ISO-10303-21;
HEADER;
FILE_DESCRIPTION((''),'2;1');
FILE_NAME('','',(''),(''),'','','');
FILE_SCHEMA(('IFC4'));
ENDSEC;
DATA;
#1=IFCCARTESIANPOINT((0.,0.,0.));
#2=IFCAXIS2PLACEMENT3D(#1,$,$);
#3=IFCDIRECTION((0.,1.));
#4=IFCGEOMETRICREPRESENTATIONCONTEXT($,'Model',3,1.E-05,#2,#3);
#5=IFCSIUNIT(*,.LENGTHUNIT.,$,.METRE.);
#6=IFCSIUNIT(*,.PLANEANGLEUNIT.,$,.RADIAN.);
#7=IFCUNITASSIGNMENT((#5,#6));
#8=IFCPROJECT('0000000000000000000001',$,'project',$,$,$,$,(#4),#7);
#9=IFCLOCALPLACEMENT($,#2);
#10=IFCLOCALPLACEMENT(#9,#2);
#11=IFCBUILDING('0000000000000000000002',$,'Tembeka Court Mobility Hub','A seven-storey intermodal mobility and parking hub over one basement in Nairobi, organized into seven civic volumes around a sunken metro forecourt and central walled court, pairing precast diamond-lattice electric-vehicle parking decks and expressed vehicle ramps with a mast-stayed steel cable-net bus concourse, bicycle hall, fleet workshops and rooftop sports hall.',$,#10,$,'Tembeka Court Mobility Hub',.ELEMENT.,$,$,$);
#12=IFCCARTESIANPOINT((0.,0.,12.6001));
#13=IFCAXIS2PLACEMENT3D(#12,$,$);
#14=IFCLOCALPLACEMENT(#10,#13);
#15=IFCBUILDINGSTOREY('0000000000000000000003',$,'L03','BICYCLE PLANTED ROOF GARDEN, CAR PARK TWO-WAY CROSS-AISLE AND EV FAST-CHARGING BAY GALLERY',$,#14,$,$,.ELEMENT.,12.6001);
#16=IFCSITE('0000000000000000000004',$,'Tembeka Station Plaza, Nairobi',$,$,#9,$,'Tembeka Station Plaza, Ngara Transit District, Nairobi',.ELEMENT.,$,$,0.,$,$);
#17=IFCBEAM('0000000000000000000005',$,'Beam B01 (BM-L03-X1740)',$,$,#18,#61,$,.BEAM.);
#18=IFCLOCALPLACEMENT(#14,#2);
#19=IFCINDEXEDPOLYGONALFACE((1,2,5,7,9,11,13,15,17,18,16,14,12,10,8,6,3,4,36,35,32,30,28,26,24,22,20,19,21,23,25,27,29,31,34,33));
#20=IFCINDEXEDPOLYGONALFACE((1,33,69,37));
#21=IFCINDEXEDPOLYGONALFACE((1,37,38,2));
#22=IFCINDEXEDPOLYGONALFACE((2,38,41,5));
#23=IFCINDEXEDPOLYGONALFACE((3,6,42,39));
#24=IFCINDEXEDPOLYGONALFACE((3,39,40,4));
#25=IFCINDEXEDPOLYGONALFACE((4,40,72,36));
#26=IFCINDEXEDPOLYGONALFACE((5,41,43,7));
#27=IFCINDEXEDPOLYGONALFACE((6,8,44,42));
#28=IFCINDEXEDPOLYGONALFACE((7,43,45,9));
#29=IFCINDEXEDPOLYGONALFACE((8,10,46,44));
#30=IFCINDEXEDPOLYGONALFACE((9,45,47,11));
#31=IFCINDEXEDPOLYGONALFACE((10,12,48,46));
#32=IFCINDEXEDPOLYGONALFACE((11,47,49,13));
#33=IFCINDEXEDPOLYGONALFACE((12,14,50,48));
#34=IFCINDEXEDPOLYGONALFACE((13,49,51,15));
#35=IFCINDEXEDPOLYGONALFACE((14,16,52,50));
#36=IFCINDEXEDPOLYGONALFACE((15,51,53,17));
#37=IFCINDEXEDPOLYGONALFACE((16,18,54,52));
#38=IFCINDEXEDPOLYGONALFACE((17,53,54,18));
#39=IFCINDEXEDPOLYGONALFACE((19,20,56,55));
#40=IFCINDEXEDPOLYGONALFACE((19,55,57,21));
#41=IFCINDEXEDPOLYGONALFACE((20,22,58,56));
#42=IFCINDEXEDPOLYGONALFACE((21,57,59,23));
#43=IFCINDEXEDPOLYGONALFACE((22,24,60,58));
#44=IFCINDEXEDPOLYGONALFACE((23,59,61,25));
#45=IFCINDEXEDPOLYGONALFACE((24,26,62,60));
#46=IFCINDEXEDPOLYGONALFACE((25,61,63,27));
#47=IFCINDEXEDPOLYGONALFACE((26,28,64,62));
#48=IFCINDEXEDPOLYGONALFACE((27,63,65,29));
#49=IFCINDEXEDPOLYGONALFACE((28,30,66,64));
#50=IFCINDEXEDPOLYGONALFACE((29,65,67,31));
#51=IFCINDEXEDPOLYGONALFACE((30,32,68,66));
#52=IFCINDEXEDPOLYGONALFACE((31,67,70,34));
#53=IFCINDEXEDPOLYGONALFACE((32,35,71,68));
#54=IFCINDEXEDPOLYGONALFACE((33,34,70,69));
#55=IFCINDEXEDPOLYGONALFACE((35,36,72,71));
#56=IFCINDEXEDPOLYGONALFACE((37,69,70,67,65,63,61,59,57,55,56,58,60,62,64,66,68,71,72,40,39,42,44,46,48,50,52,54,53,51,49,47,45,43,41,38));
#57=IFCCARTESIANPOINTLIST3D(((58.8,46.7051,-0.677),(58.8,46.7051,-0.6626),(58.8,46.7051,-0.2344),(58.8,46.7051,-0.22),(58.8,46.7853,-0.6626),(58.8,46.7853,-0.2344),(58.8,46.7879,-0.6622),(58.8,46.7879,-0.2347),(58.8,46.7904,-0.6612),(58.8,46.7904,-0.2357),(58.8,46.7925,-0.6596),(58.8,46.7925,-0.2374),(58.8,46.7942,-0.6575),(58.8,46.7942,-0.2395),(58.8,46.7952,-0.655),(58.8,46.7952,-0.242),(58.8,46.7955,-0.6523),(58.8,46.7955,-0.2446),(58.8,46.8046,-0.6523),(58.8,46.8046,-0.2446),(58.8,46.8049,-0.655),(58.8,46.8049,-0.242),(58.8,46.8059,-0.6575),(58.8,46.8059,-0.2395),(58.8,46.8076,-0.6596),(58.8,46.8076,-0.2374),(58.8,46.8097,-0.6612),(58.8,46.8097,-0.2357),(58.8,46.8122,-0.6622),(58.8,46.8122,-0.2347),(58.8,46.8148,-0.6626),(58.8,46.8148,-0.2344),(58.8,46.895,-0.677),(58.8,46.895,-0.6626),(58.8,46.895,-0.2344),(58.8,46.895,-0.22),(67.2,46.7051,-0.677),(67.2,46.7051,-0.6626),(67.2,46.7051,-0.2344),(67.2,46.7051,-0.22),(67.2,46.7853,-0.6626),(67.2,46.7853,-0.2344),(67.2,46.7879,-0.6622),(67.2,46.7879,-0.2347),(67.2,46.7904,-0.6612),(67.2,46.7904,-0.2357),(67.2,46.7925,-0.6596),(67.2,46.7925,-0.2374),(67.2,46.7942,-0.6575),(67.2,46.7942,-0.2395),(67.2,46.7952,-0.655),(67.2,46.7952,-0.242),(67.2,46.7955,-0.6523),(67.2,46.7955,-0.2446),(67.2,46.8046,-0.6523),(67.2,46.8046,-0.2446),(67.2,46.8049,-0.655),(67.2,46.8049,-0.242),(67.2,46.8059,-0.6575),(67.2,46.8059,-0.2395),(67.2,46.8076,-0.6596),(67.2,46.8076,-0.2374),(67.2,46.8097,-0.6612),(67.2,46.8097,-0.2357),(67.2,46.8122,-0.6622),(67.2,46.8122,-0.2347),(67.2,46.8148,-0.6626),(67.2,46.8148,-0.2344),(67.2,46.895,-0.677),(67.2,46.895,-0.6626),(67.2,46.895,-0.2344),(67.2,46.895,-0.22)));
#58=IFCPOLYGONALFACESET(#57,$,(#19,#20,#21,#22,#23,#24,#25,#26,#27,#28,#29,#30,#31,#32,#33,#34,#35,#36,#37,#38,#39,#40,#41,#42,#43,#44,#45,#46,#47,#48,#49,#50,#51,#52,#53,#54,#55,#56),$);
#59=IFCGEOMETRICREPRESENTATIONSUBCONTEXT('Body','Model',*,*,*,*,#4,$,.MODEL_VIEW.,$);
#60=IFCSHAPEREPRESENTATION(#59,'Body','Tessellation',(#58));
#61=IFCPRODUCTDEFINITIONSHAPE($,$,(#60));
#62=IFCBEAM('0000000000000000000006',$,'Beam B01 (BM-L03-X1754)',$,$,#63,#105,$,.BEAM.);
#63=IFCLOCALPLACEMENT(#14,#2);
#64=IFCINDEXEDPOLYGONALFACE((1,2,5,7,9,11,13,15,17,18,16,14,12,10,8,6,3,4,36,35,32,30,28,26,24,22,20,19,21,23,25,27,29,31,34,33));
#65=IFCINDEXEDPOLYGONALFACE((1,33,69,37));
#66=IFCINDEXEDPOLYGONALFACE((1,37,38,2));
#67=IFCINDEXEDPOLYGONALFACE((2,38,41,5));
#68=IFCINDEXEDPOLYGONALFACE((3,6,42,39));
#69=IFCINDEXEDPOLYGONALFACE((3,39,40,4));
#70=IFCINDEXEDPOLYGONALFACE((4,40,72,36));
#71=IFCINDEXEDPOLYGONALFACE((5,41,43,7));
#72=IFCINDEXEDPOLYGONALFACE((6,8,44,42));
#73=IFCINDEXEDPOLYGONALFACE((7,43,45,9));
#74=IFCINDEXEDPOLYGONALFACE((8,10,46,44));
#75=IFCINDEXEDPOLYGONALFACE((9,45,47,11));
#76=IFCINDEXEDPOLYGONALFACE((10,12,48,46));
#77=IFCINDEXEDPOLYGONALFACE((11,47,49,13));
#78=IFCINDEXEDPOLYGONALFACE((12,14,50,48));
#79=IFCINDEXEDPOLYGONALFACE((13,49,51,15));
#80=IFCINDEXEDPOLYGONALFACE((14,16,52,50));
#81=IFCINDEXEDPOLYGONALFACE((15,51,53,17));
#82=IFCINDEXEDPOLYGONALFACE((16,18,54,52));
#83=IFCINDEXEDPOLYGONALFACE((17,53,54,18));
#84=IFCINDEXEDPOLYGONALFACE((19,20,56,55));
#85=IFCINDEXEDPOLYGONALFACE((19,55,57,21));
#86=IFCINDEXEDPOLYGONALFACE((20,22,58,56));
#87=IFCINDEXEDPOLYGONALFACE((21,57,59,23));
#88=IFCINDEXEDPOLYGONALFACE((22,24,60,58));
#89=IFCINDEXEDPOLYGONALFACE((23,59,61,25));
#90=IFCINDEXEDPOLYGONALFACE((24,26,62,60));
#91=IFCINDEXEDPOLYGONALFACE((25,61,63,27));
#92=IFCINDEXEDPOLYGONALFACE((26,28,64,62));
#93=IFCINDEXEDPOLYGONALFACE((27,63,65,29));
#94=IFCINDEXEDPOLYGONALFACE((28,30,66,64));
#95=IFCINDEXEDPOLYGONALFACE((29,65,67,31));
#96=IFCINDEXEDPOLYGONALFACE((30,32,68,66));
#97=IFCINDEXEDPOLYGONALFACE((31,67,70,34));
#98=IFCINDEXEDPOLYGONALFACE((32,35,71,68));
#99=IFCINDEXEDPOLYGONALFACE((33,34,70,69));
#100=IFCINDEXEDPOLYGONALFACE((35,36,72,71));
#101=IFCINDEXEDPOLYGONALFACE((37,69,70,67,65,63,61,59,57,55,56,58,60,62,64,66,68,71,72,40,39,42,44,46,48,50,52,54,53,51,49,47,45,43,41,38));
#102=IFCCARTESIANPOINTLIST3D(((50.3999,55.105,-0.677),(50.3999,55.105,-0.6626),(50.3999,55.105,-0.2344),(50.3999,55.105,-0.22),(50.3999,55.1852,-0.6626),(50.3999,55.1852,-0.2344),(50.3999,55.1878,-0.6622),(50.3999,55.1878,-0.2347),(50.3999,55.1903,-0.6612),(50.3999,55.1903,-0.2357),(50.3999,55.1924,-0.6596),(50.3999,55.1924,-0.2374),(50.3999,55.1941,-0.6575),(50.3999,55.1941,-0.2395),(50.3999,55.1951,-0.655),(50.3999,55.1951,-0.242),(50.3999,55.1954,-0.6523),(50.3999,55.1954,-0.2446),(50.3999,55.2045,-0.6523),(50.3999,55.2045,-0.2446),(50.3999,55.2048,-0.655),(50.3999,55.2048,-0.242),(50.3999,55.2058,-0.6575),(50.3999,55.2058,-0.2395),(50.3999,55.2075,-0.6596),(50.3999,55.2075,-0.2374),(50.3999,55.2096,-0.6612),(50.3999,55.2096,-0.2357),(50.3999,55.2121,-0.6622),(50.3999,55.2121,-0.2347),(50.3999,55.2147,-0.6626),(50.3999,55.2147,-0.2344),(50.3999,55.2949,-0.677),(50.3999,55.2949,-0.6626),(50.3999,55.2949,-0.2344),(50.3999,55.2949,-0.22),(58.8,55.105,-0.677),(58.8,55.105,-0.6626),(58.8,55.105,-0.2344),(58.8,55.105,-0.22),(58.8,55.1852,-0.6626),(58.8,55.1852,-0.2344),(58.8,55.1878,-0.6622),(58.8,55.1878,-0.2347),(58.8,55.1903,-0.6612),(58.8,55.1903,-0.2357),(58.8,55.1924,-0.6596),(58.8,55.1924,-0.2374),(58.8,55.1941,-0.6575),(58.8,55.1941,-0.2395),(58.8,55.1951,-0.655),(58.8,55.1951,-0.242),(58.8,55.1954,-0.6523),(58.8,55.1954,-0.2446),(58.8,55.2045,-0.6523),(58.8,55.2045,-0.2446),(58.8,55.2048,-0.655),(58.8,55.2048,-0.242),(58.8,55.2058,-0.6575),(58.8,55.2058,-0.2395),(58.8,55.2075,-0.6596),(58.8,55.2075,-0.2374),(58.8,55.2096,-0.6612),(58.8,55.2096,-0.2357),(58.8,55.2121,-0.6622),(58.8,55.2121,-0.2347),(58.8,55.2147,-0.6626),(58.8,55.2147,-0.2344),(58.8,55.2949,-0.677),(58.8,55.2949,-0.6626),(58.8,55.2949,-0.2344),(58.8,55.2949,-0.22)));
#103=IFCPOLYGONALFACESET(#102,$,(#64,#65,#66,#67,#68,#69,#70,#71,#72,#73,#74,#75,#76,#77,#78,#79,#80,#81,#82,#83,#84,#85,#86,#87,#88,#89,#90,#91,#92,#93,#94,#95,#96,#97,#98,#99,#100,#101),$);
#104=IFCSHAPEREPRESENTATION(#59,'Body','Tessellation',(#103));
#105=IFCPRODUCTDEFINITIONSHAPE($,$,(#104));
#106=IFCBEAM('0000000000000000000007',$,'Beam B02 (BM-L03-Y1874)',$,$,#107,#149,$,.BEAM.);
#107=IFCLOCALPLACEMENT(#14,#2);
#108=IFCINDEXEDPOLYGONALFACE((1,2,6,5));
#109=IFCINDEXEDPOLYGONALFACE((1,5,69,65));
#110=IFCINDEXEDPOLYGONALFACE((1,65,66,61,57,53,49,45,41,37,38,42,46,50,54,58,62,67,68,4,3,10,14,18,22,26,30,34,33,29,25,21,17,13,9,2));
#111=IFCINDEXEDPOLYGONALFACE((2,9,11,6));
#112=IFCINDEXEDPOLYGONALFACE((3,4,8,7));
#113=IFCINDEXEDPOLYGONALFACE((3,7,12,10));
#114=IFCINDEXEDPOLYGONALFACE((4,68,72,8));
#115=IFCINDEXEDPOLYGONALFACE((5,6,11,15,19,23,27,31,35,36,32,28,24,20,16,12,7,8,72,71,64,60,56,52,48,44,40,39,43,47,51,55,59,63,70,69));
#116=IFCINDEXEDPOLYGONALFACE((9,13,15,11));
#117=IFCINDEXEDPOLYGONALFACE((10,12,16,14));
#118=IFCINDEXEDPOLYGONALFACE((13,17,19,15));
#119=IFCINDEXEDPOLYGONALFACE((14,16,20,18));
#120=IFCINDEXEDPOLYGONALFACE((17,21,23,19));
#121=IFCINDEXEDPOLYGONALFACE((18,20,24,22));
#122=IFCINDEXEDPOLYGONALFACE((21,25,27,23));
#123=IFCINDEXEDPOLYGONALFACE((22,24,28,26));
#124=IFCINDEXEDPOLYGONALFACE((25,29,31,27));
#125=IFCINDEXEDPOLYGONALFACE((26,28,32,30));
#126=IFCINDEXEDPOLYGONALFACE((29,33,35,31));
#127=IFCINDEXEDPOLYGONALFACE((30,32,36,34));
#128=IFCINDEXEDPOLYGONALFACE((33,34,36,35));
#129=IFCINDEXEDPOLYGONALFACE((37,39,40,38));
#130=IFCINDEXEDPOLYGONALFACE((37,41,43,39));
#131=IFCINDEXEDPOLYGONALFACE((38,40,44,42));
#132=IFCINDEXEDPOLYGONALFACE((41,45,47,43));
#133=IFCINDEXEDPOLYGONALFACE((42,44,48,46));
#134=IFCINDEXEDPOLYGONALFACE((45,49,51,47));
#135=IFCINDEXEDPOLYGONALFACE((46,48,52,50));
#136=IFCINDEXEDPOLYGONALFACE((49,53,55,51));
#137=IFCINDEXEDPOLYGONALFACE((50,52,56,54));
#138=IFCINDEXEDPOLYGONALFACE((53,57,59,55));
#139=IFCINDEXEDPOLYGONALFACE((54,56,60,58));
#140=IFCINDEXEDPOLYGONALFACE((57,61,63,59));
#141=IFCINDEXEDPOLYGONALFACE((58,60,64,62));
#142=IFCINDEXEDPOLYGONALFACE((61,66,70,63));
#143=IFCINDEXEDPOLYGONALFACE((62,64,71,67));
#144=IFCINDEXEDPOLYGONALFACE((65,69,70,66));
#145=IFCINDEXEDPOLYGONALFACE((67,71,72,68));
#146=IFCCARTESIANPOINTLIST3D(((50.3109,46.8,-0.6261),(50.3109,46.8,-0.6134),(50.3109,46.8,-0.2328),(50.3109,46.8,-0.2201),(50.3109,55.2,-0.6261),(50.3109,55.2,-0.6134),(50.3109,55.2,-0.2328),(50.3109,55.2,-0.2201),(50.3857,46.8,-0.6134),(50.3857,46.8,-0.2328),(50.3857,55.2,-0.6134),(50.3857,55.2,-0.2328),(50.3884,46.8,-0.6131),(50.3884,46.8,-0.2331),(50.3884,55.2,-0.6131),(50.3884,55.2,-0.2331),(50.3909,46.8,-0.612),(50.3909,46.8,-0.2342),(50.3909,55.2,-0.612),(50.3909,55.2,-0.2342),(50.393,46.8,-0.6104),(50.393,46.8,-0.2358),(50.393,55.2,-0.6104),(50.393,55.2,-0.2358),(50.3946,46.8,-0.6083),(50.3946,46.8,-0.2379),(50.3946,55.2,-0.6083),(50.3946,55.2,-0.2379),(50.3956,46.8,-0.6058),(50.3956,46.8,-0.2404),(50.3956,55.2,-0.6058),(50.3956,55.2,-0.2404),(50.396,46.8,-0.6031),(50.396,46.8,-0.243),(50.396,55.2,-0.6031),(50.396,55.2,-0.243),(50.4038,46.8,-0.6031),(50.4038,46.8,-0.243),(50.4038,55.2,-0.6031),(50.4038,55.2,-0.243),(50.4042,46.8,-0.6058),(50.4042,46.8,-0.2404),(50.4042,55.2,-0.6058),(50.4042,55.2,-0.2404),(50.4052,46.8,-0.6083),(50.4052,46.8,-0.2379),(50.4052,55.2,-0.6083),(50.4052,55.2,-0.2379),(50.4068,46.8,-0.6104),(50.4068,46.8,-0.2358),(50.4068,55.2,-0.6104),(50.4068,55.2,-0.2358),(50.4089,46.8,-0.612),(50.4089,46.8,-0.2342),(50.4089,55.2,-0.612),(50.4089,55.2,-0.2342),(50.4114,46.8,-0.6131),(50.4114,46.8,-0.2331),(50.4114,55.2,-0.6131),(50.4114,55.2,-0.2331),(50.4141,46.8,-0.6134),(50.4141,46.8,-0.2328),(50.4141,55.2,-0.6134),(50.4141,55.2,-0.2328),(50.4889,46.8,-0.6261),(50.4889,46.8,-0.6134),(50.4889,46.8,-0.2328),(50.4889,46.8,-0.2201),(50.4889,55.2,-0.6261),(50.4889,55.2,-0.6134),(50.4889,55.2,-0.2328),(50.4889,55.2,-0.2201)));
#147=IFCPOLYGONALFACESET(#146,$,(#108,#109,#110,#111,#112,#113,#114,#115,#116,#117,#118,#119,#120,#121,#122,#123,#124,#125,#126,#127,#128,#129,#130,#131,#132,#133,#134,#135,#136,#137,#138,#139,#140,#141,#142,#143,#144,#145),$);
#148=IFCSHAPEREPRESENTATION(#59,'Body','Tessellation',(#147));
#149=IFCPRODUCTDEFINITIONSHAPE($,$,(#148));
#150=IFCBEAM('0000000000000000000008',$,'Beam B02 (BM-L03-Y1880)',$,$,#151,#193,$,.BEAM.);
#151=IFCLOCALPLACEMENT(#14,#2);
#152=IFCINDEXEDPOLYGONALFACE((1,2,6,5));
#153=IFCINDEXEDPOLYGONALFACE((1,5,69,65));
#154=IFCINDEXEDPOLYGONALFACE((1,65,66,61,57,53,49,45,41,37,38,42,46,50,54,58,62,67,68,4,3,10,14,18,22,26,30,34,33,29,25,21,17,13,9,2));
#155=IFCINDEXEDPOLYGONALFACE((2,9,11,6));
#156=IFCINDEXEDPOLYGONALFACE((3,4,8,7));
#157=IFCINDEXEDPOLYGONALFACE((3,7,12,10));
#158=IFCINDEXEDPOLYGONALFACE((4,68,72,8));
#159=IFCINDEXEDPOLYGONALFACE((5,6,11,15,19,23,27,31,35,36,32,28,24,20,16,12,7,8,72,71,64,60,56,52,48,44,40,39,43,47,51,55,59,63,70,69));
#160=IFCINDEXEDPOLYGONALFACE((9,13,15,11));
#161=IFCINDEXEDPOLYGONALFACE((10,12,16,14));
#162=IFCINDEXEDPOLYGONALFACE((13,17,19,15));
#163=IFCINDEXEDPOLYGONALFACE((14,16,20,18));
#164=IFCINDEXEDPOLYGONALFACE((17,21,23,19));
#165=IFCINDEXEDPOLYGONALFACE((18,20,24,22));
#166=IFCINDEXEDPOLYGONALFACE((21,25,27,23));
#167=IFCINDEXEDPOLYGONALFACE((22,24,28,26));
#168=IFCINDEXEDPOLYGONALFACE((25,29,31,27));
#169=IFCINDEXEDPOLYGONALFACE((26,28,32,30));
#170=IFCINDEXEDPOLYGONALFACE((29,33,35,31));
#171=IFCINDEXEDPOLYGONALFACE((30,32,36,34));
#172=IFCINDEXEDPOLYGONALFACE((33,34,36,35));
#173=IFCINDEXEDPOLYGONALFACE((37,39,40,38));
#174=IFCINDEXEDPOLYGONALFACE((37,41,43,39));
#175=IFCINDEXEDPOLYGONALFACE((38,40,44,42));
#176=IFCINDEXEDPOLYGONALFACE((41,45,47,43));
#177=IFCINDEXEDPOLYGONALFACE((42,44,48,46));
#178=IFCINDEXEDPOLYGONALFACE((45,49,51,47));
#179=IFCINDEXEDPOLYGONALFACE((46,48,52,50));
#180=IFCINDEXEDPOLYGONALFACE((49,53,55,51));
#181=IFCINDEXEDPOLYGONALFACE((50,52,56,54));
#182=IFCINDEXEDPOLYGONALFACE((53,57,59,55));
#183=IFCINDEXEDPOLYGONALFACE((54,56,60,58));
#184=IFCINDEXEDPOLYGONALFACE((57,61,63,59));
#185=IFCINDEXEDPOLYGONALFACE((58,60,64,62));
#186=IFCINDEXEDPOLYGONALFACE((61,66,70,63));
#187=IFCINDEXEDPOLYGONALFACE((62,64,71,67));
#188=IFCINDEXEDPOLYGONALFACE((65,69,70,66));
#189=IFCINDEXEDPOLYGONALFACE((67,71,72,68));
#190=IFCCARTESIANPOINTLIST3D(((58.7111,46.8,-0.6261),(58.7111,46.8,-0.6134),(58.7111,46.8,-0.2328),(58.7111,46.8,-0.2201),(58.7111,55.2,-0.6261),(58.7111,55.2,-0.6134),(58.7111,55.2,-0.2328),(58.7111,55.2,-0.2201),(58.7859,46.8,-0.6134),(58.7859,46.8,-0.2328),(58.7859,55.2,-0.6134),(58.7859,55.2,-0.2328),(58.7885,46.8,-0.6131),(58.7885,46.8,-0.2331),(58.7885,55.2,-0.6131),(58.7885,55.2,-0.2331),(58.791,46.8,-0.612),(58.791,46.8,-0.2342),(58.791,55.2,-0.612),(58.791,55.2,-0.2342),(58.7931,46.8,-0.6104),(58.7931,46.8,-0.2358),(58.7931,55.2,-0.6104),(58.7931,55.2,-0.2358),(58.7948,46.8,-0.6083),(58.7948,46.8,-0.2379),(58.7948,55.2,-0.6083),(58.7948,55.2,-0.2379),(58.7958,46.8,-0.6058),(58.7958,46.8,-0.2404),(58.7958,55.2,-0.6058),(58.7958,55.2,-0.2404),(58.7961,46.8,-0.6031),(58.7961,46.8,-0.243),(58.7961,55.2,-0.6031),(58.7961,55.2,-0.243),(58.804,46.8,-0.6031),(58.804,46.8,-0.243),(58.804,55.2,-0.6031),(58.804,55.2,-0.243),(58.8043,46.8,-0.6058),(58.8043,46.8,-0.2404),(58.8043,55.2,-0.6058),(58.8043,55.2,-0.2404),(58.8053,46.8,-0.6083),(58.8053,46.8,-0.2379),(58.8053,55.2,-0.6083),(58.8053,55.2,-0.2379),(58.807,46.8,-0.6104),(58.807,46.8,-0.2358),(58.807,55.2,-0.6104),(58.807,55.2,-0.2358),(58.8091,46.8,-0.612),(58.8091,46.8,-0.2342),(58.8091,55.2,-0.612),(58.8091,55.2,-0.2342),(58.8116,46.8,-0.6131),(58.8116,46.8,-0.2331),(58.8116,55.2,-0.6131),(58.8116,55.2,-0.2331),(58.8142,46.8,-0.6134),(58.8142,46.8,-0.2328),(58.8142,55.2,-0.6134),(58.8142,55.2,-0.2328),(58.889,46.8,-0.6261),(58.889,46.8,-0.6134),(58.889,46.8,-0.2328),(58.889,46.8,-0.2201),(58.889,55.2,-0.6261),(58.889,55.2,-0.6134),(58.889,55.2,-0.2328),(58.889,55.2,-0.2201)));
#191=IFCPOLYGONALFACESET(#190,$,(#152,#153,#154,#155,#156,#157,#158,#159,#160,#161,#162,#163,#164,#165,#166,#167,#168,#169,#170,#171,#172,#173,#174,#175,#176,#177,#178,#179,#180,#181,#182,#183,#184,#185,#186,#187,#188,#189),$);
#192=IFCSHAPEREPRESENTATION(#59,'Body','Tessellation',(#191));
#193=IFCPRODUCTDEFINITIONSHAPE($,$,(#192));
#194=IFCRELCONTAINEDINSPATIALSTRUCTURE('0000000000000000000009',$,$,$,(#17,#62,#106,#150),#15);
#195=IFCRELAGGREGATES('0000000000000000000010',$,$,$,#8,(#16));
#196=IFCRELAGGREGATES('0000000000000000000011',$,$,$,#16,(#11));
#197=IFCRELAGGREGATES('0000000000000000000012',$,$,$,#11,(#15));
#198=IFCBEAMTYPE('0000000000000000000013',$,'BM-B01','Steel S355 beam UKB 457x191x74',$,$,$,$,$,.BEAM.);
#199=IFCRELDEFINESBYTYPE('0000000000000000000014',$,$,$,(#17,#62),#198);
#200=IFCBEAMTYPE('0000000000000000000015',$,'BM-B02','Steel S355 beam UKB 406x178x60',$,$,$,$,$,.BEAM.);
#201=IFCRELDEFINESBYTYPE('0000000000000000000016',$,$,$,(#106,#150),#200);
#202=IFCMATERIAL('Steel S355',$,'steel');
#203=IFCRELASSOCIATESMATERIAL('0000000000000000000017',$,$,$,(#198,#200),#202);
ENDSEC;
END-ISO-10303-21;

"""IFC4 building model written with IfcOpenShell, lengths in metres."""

from ifc_helpers import new_model, si_unit, direction, frame, origin, origin_2d, place, context, subcontext, project, spatial, i_section, extrude, material, material_profile, profile_set, type_object, element, save


model = new_model("IFC4")

# Units and contexts
model_context = context("Model", 3, precision=1e-05, world=origin(), true_north=direction((0.0, 1.0)))
body_context = subcontext(model_context, "Body", "Model", "MODEL_VIEW")
ifc_project = project(units=[si_unit("LENGTHUNIT", "METRE"), si_unit("PLANEANGLEUNIT", "RADIAN")], contexts=[model_context])

# Site, building, storey
site_placement = place(None, origin())
site = spatial("IfcSite", under=ifc_project, at=site_placement, Name="Tembeka Station Plaza, Nairobi", LongName="Tembeka Station Plaza, Ngara Transit District, Nairobi", CompositionType="ELEMENT", RefElevation=0.0)
building_placement = place(site_placement, origin())
building = spatial("IfcBuilding", under=site, at=building_placement, Name="Tembeka Court Mobility Hub", Description="A seven-storey intermodal mobility and parking hub over one basement in Nairobi, organized into seven civic volumes around a sunken metro forecourt and central walled court, pairing precast diamond-lattice electric-vehicle parking decks and expressed vehicle ramps with a mast-stayed steel cable-net bus concourse, bicycle hall, fleet workshops and rooftop sports hall.", LongName="Tembeka Court Mobility Hub", CompositionType="ELEMENT")
storey_placement = place(building_placement, frame((0.0, 0.0, 12.6001)))
storey = spatial("IfcBuildingStorey", under=building, at=storey_placement, Name="L03", Description="BICYCLE PLANTED ROOF GARDEN, CAR PARK TWO-WAY CROSS-AISLE AND EV FAST-CHARGING BAY GALLERY", CompositionType="ELEMENT", Elevation=12.6001)

# Shared definitions
ifc_material_1 = material(Name="Steel S355", Category="steel")

# Beams
ifc_material_profile_1 = material_profile(ifc_material_1, i_section(OverallWidth=0.1899, OverallDepth=0.457, WebThickness=0.009, FlangeThickness=0.0144, FilletRadius=0.0103, at=origin_2d()), Name="UKB 457x191x74")
ifc_profile_set_1 = profile_set([ifc_material_profile_1], Name="Steel S355")
beam_type_1 = type_object("IfcBeamType", Name="BM-B01", Description="Steel S355 beam UKB 457x191x74", PredefinedType="BEAM", material=ifc_profile_set_1)
beam_1_placement = place(storey_placement, frame((58.8, 46.8, -0.4485), z_axis=(1.0, 0.0, 0.0), x_axis=(0.0, 1.0, 0.0)))
element("IfcBeam", 1, at=beam_1_placement, inside=storey, type_object=beam_type_1, Name="Beam B01 (BM-L03-X1740)", PredefinedType="BEAM", context=body_context, shape_type="SweptSolid", body=[
    extrude(i_section(OverallWidth=0.1899, OverallDepth=0.457, WebThickness=0.009, FlangeThickness=0.0144, FilletRadius=0.0103, at=origin_2d()), origin(), (0.0, 0.0, 1.0), 8.3999),
])
beam_2_placement = place(storey_placement, frame((50.3999, 55.2, -0.4485), z_axis=(1.0, 0.0, 0.0), x_axis=(0.0, 1.0, 0.0)))
element("IfcBeam", 2, at=beam_2_placement, inside=storey, type_object=beam_type_1, Name="Beam B01 (BM-L03-X1754)", PredefinedType="BEAM", context=body_context, shape_type="SweptSolid", body=[
    extrude(i_section(OverallWidth=0.1899, OverallDepth=0.457, WebThickness=0.009, FlangeThickness=0.0144, FilletRadius=0.0103, at=origin_2d()), origin(), (0.0, 0.0, 1.0), 8.4001),
])
ifc_material_profile_2 = material_profile(ifc_material_1, i_section(OverallWidth=0.178, OverallDepth=0.406, WebThickness=0.0078, FlangeThickness=0.0127, FilletRadius=0.0103, at=origin_2d()), Name="UKB 406x178x60")
ifc_profile_set_2 = profile_set([ifc_material_profile_2], Name="Steel S355")
beam_type_2 = type_object("IfcBeamType", Name="BM-B02", Description="Steel S355 beam UKB 406x178x60", PredefinedType="BEAM", material=ifc_profile_set_2)
for number, where, z_axis, x_axis, name in (
    (3, (50.3999, 46.8, -0.4231), (0.0, 1.0, 0.0), (-1.0, 0.0, 0.0), "Beam B02 (BM-L03-Y1874)"),
    (4, (58.8, 46.8, -0.4231), (0.0, 1.0, 0.0), (-1.0, 0.0, 0.0), "Beam B02 (BM-L03-Y1880)"),
):
    element("IfcBeam", number, at=place(storey_placement, frame(where, z_axis=z_axis, x_axis=x_axis)), inside=storey, type_object=beam_type_2, Name=name, PredefinedType="BEAM", context=body_context, shape_type="SweptSolid", body=[
        extrude(i_section(OverallWidth=0.178, OverallDepth=0.406, WebThickness=0.0078, FlangeThickness=0.0127, FilletRadius=0.0103, at=origin_2d()), origin(), (0.0, 0.0, 1.0), 8.3999),
    ])

save(model, "model.ifc")
